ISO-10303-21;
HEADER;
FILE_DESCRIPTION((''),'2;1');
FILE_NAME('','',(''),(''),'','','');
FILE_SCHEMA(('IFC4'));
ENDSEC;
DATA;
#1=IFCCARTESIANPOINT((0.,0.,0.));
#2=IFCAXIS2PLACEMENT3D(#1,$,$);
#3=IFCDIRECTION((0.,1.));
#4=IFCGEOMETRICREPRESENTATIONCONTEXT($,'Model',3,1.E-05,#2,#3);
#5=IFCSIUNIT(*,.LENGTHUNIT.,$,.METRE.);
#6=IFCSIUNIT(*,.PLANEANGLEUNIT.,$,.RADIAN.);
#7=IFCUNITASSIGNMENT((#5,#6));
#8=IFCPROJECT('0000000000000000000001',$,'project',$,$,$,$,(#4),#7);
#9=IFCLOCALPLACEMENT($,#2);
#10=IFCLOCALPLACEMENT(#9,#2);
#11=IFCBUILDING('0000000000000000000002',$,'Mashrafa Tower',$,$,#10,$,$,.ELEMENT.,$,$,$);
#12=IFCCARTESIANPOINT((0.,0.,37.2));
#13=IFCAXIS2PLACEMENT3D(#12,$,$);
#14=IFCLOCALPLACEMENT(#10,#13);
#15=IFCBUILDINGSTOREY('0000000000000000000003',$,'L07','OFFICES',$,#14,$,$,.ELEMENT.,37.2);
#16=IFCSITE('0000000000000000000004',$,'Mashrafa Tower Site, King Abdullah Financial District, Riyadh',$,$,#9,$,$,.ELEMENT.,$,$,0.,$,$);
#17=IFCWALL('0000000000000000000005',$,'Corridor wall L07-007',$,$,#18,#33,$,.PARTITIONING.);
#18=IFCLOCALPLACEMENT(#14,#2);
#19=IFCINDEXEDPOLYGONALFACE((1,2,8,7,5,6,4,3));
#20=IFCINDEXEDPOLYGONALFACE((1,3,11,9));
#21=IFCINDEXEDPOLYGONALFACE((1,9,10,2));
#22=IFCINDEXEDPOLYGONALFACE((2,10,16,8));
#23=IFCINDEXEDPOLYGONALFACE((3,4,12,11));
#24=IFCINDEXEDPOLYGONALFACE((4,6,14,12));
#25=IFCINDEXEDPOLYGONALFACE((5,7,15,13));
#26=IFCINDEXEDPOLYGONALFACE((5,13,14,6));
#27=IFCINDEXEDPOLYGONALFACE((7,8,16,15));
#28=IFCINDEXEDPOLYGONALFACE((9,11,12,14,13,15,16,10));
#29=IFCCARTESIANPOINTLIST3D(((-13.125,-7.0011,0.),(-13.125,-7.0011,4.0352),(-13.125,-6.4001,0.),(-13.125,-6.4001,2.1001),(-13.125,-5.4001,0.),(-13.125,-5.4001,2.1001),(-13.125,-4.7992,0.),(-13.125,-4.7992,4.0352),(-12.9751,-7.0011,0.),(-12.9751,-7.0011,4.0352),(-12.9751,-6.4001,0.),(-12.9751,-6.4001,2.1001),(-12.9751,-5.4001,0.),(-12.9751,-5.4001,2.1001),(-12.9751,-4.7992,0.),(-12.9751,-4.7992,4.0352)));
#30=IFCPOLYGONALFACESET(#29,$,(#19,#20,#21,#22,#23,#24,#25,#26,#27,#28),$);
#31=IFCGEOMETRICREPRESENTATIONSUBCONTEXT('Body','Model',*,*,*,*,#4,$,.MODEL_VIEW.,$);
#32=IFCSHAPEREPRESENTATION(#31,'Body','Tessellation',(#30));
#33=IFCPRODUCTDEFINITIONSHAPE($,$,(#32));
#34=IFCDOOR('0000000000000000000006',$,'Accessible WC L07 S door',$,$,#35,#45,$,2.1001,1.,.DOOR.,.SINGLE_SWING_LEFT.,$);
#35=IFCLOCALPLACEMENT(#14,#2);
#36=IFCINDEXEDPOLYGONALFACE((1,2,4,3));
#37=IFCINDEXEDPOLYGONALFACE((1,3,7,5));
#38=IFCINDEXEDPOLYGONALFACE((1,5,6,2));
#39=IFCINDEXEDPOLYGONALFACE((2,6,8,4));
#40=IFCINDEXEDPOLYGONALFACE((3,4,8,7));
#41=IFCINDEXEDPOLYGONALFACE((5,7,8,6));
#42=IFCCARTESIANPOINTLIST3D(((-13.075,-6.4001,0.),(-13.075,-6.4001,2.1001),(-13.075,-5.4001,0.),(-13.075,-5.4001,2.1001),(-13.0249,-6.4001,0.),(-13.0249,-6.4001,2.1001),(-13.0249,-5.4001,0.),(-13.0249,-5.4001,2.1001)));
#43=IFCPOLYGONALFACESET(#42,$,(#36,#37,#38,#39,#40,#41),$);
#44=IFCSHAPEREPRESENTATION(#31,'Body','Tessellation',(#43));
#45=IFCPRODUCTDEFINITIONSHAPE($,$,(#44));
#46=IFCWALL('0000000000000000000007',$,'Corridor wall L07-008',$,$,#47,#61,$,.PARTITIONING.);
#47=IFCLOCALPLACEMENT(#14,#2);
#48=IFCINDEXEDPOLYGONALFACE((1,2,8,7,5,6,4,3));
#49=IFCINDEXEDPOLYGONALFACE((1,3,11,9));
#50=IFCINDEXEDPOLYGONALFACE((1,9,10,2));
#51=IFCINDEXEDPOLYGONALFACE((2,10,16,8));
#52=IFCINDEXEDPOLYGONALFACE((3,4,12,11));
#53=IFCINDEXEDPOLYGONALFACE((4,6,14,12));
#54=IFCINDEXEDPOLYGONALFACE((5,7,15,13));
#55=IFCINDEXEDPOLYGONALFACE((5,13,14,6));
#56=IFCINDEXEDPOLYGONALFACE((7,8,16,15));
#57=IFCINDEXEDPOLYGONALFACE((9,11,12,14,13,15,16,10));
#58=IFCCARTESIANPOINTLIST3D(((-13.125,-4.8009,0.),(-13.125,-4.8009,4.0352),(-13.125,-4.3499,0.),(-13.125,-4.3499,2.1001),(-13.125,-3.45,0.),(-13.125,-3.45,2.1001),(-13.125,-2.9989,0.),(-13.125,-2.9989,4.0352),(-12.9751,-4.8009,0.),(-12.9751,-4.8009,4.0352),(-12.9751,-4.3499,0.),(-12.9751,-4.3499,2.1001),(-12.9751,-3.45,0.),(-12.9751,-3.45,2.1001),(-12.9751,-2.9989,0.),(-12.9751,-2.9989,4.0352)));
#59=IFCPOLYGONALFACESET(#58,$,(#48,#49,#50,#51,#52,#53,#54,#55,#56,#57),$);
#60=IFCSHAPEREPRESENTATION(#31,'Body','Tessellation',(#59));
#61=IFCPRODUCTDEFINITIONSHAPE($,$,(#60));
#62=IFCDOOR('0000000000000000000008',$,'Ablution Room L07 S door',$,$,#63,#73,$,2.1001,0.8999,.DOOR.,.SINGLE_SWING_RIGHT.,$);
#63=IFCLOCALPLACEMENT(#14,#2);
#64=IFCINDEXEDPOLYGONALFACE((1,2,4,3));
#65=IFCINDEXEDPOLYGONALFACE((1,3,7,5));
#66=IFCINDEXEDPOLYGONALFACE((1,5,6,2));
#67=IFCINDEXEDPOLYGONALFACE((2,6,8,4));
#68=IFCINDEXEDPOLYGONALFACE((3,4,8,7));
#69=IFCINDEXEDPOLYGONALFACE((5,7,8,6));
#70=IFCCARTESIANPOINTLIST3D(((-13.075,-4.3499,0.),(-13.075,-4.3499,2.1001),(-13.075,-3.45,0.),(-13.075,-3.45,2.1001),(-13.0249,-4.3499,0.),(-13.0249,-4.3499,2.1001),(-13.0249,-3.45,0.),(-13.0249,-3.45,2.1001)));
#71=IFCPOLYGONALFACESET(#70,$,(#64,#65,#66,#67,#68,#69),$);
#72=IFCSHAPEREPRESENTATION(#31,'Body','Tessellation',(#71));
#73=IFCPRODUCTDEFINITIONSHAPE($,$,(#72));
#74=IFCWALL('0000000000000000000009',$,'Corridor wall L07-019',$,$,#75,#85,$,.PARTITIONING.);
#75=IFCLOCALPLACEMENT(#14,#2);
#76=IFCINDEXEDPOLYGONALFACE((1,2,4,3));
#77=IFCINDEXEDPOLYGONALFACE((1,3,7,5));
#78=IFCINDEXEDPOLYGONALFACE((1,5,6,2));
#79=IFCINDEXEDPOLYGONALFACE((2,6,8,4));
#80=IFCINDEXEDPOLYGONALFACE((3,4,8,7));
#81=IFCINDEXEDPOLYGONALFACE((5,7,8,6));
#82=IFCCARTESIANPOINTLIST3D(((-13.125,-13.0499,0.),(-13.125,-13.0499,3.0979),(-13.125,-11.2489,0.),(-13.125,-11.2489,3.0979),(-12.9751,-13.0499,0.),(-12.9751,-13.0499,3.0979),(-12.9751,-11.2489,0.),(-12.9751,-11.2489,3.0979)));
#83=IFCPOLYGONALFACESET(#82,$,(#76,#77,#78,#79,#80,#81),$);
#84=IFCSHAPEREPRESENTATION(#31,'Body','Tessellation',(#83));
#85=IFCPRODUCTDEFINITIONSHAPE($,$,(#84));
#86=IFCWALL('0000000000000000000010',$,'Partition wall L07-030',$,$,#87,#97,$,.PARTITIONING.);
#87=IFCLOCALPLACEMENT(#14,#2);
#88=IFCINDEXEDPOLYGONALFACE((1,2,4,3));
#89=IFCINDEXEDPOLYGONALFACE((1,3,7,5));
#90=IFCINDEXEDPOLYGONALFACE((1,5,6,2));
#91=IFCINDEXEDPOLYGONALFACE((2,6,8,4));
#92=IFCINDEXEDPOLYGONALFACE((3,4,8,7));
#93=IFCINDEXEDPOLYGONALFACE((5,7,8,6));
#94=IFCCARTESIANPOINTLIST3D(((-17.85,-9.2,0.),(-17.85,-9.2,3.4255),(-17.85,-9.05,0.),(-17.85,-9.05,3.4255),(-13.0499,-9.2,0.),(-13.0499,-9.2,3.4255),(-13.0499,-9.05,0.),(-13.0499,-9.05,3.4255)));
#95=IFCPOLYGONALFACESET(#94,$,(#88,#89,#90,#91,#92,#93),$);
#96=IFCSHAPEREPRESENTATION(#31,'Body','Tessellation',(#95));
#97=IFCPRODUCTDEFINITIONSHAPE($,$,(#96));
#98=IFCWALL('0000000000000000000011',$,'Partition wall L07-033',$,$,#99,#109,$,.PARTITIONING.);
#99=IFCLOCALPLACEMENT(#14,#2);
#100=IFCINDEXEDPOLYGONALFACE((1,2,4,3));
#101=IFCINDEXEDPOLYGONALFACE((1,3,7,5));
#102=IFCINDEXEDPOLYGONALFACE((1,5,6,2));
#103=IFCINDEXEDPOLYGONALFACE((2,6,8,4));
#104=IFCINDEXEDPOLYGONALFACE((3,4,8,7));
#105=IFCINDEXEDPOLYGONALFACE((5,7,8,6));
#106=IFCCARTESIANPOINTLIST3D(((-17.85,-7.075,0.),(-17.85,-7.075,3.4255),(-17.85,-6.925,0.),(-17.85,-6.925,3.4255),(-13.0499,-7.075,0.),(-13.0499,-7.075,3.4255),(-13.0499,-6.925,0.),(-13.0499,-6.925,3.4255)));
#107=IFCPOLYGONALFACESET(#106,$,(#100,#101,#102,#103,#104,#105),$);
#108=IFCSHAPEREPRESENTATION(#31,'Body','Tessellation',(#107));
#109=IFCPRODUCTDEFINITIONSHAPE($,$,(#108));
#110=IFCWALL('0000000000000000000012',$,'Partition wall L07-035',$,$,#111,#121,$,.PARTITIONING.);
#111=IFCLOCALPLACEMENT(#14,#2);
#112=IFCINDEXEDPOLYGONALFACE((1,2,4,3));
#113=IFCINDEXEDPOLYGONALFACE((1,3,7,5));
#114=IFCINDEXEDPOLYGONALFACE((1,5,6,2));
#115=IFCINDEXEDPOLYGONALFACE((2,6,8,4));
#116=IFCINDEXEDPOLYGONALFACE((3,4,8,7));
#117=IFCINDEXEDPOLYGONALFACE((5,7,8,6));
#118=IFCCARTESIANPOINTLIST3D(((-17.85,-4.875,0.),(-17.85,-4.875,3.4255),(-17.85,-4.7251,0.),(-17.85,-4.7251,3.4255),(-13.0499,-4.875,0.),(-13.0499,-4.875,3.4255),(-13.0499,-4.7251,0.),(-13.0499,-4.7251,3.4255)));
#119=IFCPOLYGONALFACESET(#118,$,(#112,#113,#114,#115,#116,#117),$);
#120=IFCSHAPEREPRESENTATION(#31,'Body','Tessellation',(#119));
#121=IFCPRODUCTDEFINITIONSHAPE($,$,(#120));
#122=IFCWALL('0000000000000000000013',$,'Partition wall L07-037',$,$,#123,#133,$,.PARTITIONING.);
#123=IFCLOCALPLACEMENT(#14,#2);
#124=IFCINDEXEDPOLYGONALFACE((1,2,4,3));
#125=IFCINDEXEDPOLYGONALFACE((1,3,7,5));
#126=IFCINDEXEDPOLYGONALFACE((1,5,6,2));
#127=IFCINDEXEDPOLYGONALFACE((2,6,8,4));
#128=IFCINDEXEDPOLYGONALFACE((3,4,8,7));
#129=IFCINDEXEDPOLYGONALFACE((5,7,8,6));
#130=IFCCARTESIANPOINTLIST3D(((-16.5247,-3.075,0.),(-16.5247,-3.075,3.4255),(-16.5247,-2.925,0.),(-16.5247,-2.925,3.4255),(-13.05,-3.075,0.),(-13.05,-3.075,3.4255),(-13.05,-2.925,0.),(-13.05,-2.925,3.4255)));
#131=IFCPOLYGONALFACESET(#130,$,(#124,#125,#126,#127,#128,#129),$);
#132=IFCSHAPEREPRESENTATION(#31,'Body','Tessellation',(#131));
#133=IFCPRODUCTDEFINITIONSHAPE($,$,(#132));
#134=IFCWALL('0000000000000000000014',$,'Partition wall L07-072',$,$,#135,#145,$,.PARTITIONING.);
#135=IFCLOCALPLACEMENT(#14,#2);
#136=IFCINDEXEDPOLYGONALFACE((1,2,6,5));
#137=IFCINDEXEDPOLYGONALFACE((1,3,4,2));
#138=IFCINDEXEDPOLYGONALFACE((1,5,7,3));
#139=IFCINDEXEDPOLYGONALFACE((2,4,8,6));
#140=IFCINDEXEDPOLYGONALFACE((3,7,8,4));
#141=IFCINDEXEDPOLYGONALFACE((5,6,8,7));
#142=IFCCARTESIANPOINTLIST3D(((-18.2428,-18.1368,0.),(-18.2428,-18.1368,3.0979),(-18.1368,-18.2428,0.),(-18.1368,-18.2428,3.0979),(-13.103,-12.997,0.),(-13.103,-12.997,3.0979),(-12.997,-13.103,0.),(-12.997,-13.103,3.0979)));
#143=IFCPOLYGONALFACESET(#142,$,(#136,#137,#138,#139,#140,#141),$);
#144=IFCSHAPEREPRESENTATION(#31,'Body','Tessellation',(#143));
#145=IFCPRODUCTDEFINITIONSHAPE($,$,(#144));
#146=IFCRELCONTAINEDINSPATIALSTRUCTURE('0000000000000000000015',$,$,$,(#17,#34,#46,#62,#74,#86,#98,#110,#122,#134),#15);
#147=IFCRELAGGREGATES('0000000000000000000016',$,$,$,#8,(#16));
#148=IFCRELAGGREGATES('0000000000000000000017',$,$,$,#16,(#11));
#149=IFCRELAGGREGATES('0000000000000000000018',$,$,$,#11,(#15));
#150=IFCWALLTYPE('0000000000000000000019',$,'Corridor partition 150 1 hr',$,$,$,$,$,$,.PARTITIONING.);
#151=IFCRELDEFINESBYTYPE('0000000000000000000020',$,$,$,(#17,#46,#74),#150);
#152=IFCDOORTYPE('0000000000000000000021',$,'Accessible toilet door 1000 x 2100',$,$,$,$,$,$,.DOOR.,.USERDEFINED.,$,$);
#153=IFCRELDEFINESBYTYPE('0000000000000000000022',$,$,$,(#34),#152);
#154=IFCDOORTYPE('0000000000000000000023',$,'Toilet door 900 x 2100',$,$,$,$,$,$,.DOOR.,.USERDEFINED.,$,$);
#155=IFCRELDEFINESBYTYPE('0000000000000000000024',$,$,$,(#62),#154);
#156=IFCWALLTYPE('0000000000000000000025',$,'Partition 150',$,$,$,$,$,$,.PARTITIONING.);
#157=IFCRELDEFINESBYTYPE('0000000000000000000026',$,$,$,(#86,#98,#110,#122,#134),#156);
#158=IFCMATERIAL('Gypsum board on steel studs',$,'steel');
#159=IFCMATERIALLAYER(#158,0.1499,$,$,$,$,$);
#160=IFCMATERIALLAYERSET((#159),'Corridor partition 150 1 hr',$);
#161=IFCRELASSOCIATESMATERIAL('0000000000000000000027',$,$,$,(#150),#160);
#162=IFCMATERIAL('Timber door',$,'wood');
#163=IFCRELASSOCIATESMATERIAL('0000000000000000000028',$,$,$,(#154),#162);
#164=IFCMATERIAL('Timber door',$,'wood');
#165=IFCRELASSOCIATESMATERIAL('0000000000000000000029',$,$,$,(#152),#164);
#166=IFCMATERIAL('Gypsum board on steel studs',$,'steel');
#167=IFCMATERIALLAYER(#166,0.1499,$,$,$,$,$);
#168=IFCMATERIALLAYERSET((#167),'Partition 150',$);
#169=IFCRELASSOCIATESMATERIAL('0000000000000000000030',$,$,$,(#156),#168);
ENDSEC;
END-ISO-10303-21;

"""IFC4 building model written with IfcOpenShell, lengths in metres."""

from ifc_helpers import new_model, si_unit, direction, frame, frame_2d, origin, place, context, subcontext, project, spatial, rectangle, extrude, material, layer, layer_set, type_object, element, fill, save


model = new_model("IFC4")

# Units and contexts
model_context = context("Model", 3, precision=1e-05, world=origin(), true_north=direction((0.0, 1.0)))
body_context = subcontext(model_context, "Body", "Model", "MODEL_VIEW")
ifc_project = project(units=[si_unit("LENGTHUNIT", "METRE"), si_unit("PLANEANGLEUNIT", "RADIAN")], contexts=[model_context])

# Site, building, storey
site_placement = place(None, origin())
site = spatial("IfcSite", under=ifc_project, at=site_placement, Name="Mashrafa Tower Site, King Abdullah Financial District, Riyadh", CompositionType="ELEMENT", RefElevation=0.0)
building_placement = place(site_placement, origin())
building = spatial("IfcBuilding", under=site, at=building_placement, Name="Mashrafa Tower", CompositionType="ELEMENT")
storey_placement = place(building_placement, frame((0.0, 0.0, 37.2)))
storey = spatial("IfcBuildingStorey", under=building, at=storey_placement, Name="L07", Description="OFFICES", CompositionType="ELEMENT", Elevation=37.2)

# Walls, openings, doors
ifc_material_1 = material(Name="Gypsum board on steel studs", Category="steel")
ifc_layer_1 = layer(ifc_material_1, 0.1499)
ifc_layer_set_1 = layer_set([ifc_layer_1], Name="Corridor partition 150 1 hr")
wall_type_1 = type_object("IfcWallType", Name="Corridor partition 150 1 hr", PredefinedType="PARTITIONING", material=ifc_layer_set_1)
ifc_material_2 = material(Name="Timber door", Category="wood")
door_type_1 = type_object("IfcDoorType", Name="Toilet door 900 x 2100", OperationType="USERDEFINED", PredefinedType="DOOR", material=ifc_material_2)
wall_1_placement = place(storey_placement, frame((-13.05, -4.7991, 0.0), z_axis=(0.0, 0.0, 1.0), x_axis=(0.0, -1.0, 0.0)))
wall_1 = element("IfcWall", 1, at=wall_1_placement, inside=storey, type_object=wall_type_1, Name="Corridor wall L07-007", PredefinedType="PARTITIONING", context=body_context, shape_type="SweptSolid", body=[
    extrude(rectangle(XDim=2.2019, YDim=0.1499, at=frame_2d((1.1011, 0.0))), origin(), (0.0, 0.0, 1.0), 4.0352),
])
opening_1_placement = place(wall_1_placement, frame((0.6011, 0.0, 0.0)))
opening_1 = element("IfcOpeningElement", 2, at=opening_1_placement, cuts=wall_1, PredefinedType="OPENING", context=body_context, shape_type="SweptSolid", body=[
    extrude(rectangle(XDim=1.0, YDim=2.1001, at=frame_2d((0.5, 1.05))), frame((0.0, 0.085, 0.0), z_axis=(0.0, -1.0, 0.0), x_axis=(1.0, 0.0, 0.0)), (0.0, 0.0, 1.0), 0.1699),
])
ifc_material_3 = material(Name="Timber door", Category="wood")
door_type_2 = type_object("IfcDoorType", Name="Accessible toilet door 1000 x 2100", OperationType="USERDEFINED", PredefinedType="DOOR", material=ifc_material_3)
door_1_placement = place(opening_1_placement, frame((1.0, 0.0, 0.0), z_axis=(0.0, 0.0, 1.0), x_axis=(-1.0, 0.0, 0.0)))
door_1 = element("IfcDoor", 3, at=door_1_placement, inside=storey, type_object=door_type_2, Name="Accessible WC L07 S door", OperationType="SINGLE_SWING_LEFT", OverallHeight=2.1001, OverallWidth=1.0, PredefinedType="DOOR", context=body_context, shape_type="SweptSolid", body=[
    extrude(rectangle(XDim=1.0, YDim=2.1001, at=frame_2d((0.5, 1.05))), frame((0.0, 0.0249, 0.0), z_axis=(0.0, -1.0, 0.0), x_axis=(1.0, 0.0, 0.0)), (0.0, 0.0, 1.0), 0.05),
])
fill(opening_1, door_1)
wall_2_placement = place(storey_placement, frame((-13.05, -2.999, 0.0), z_axis=(0.0, 0.0, 1.0), x_axis=(0.0, -1.0, 0.0)))
wall_2 = element("IfcWall", 4, at=wall_2_placement, inside=storey, type_object=wall_type_1, Name="Corridor wall L07-008", PredefinedType="PARTITIONING", context=body_context, shape_type="SweptSolid", body=[
    extrude(rectangle(XDim=1.802, YDim=0.1499, at=frame_2d((0.9009, 0.0))), origin(), (0.0, 0.0, 1.0), 4.0352),
])
opening_2_placement = place(wall_2_placement, frame((0.4509, 0.0, 0.0)))
opening_2 = element("IfcOpeningElement", 5, at=opening_2_placement, cuts=wall_2, PredefinedType="OPENING", context=body_context, shape_type="SweptSolid", body=[
    extrude(rectangle(XDim=0.8999, YDim=2.1001, at=frame_2d((0.45, 1.05))), frame((0.0, 0.085, 0.0), z_axis=(0.0, -1.0, 0.0), x_axis=(1.0, 0.0, 0.0)), (0.0, 0.0, 1.0), 0.1699),
])
door_2_placement = place(opening_2_placement, frame((0.8999, 0.0, 0.0), z_axis=(0.0, 0.0, 1.0), x_axis=(-1.0, 0.0, 0.0)))
door_2 = element("IfcDoor", 6, at=door_2_placement, inside=storey, type_object=door_type_1, Name="Ablution Room L07 S door", OperationType="SINGLE_SWING_RIGHT", OverallHeight=2.1001, OverallWidth=0.8999, PredefinedType="DOOR", context=body_context, shape_type="SweptSolid", body=[
    extrude(rectangle(XDim=0.8999, YDim=2.1001, at=frame_2d((0.45, 1.05))), frame((0.0, 0.0249, 0.0), z_axis=(0.0, -1.0, 0.0), x_axis=(1.0, 0.0, 0.0)), (0.0, 0.0, 1.0), 0.05),
])
fill(opening_2, door_2)

# Walls
wall_3_placement = place(storey_placement, frame((-13.05, -11.249, 0.0), z_axis=(0.0, 0.0, 1.0), x_axis=(0.0, -1.0, 0.0)))
element("IfcWall", 7, at=wall_3_placement, inside=storey, type_object=wall_type_1, Name="Corridor wall L07-019", PredefinedType="PARTITIONING", context=body_context, shape_type="SweptSolid", body=[
    extrude(rectangle(XDim=1.801, YDim=0.1499, at=frame_2d((0.9004, 0.0))), origin(), (0.0, 0.0, 1.0), 3.0979),
])
ifc_material_4 = material(Name="Gypsum board on steel studs", Category="steel")
ifc_layer_2 = layer(ifc_material_4, 0.1499)
ifc_layer_set_2 = layer_set([ifc_layer_2], Name="Partition 150")
wall_type_2 = type_object("IfcWallType", Name="Partition 150", PredefinedType="PARTITIONING", material=ifc_layer_set_2)
for number, where, z_axis, x_axis, name in (
    (8, (-13.05, -9.125, 0.0), (0.0, 0.0, 1.0), (-1.0, 0.0, 0.0), "Partition wall L07-030"),
    (9, (-13.05, -7.0, 0.0), (0.0, 0.0, 1.0), (-1.0, 0.0, 0.0), "Partition wall L07-033"),
    (10, (-13.05, -4.8, 0.0), (0.0, 0.0, 1.0), (-1.0, 0.0, 0.0), "Partition wall L07-035"),
):
    element("IfcWall", number, at=place(storey_placement, frame(where, z_axis=z_axis, x_axis=x_axis)), inside=storey, type_object=wall_type_2, Name=name, PredefinedType="PARTITIONING", context=body_context, shape_type="SweptSolid", body=[
        extrude(rectangle(XDim=4.8, YDim=0.1499, at=frame_2d((2.3999, 0.0))), origin(), (0.0, 0.0, 1.0), 3.4255),
    ])
wall_4_placement = place(storey_placement, frame((-13.05, -3.0, 0.0), z_axis=(0.0, 0.0, 1.0), x_axis=(-1.0, 0.0, 0.0)))
element("IfcWall", 11, at=wall_4_placement, inside=storey, type_object=wall_type_2, Name="Partition wall L07-037", PredefinedType="PARTITIONING", context=body_context, shape_type="SweptSolid", body=[
    extrude(rectangle(XDim=3.4746, YDim=0.1499, at=frame_2d((1.7373, 0.0))), origin(), (0.0, 0.0, 1.0), 3.4255),
])
wall_5_placement = place(storey_placement, frame((-13.05, -13.05, 0.0), z_axis=(0.0, 0.0, 1.0), x_axis=(-0.707107, -0.707107, 0.0)))
element("IfcWall", 12, at=wall_5_placement, inside=storey, type_object=wall_type_2, Name="Partition wall L07-072", PredefinedType="PARTITIONING", context=body_context, shape_type="SweptSolid", body=[
    extrude(rectangle(XDim=7.2688, YDim=0.1499, at=frame_2d((3.6343, 0.0))), origin(), (0.0, 0.0, 1.0), 3.0979),
])

save(model, "model.ifc")
